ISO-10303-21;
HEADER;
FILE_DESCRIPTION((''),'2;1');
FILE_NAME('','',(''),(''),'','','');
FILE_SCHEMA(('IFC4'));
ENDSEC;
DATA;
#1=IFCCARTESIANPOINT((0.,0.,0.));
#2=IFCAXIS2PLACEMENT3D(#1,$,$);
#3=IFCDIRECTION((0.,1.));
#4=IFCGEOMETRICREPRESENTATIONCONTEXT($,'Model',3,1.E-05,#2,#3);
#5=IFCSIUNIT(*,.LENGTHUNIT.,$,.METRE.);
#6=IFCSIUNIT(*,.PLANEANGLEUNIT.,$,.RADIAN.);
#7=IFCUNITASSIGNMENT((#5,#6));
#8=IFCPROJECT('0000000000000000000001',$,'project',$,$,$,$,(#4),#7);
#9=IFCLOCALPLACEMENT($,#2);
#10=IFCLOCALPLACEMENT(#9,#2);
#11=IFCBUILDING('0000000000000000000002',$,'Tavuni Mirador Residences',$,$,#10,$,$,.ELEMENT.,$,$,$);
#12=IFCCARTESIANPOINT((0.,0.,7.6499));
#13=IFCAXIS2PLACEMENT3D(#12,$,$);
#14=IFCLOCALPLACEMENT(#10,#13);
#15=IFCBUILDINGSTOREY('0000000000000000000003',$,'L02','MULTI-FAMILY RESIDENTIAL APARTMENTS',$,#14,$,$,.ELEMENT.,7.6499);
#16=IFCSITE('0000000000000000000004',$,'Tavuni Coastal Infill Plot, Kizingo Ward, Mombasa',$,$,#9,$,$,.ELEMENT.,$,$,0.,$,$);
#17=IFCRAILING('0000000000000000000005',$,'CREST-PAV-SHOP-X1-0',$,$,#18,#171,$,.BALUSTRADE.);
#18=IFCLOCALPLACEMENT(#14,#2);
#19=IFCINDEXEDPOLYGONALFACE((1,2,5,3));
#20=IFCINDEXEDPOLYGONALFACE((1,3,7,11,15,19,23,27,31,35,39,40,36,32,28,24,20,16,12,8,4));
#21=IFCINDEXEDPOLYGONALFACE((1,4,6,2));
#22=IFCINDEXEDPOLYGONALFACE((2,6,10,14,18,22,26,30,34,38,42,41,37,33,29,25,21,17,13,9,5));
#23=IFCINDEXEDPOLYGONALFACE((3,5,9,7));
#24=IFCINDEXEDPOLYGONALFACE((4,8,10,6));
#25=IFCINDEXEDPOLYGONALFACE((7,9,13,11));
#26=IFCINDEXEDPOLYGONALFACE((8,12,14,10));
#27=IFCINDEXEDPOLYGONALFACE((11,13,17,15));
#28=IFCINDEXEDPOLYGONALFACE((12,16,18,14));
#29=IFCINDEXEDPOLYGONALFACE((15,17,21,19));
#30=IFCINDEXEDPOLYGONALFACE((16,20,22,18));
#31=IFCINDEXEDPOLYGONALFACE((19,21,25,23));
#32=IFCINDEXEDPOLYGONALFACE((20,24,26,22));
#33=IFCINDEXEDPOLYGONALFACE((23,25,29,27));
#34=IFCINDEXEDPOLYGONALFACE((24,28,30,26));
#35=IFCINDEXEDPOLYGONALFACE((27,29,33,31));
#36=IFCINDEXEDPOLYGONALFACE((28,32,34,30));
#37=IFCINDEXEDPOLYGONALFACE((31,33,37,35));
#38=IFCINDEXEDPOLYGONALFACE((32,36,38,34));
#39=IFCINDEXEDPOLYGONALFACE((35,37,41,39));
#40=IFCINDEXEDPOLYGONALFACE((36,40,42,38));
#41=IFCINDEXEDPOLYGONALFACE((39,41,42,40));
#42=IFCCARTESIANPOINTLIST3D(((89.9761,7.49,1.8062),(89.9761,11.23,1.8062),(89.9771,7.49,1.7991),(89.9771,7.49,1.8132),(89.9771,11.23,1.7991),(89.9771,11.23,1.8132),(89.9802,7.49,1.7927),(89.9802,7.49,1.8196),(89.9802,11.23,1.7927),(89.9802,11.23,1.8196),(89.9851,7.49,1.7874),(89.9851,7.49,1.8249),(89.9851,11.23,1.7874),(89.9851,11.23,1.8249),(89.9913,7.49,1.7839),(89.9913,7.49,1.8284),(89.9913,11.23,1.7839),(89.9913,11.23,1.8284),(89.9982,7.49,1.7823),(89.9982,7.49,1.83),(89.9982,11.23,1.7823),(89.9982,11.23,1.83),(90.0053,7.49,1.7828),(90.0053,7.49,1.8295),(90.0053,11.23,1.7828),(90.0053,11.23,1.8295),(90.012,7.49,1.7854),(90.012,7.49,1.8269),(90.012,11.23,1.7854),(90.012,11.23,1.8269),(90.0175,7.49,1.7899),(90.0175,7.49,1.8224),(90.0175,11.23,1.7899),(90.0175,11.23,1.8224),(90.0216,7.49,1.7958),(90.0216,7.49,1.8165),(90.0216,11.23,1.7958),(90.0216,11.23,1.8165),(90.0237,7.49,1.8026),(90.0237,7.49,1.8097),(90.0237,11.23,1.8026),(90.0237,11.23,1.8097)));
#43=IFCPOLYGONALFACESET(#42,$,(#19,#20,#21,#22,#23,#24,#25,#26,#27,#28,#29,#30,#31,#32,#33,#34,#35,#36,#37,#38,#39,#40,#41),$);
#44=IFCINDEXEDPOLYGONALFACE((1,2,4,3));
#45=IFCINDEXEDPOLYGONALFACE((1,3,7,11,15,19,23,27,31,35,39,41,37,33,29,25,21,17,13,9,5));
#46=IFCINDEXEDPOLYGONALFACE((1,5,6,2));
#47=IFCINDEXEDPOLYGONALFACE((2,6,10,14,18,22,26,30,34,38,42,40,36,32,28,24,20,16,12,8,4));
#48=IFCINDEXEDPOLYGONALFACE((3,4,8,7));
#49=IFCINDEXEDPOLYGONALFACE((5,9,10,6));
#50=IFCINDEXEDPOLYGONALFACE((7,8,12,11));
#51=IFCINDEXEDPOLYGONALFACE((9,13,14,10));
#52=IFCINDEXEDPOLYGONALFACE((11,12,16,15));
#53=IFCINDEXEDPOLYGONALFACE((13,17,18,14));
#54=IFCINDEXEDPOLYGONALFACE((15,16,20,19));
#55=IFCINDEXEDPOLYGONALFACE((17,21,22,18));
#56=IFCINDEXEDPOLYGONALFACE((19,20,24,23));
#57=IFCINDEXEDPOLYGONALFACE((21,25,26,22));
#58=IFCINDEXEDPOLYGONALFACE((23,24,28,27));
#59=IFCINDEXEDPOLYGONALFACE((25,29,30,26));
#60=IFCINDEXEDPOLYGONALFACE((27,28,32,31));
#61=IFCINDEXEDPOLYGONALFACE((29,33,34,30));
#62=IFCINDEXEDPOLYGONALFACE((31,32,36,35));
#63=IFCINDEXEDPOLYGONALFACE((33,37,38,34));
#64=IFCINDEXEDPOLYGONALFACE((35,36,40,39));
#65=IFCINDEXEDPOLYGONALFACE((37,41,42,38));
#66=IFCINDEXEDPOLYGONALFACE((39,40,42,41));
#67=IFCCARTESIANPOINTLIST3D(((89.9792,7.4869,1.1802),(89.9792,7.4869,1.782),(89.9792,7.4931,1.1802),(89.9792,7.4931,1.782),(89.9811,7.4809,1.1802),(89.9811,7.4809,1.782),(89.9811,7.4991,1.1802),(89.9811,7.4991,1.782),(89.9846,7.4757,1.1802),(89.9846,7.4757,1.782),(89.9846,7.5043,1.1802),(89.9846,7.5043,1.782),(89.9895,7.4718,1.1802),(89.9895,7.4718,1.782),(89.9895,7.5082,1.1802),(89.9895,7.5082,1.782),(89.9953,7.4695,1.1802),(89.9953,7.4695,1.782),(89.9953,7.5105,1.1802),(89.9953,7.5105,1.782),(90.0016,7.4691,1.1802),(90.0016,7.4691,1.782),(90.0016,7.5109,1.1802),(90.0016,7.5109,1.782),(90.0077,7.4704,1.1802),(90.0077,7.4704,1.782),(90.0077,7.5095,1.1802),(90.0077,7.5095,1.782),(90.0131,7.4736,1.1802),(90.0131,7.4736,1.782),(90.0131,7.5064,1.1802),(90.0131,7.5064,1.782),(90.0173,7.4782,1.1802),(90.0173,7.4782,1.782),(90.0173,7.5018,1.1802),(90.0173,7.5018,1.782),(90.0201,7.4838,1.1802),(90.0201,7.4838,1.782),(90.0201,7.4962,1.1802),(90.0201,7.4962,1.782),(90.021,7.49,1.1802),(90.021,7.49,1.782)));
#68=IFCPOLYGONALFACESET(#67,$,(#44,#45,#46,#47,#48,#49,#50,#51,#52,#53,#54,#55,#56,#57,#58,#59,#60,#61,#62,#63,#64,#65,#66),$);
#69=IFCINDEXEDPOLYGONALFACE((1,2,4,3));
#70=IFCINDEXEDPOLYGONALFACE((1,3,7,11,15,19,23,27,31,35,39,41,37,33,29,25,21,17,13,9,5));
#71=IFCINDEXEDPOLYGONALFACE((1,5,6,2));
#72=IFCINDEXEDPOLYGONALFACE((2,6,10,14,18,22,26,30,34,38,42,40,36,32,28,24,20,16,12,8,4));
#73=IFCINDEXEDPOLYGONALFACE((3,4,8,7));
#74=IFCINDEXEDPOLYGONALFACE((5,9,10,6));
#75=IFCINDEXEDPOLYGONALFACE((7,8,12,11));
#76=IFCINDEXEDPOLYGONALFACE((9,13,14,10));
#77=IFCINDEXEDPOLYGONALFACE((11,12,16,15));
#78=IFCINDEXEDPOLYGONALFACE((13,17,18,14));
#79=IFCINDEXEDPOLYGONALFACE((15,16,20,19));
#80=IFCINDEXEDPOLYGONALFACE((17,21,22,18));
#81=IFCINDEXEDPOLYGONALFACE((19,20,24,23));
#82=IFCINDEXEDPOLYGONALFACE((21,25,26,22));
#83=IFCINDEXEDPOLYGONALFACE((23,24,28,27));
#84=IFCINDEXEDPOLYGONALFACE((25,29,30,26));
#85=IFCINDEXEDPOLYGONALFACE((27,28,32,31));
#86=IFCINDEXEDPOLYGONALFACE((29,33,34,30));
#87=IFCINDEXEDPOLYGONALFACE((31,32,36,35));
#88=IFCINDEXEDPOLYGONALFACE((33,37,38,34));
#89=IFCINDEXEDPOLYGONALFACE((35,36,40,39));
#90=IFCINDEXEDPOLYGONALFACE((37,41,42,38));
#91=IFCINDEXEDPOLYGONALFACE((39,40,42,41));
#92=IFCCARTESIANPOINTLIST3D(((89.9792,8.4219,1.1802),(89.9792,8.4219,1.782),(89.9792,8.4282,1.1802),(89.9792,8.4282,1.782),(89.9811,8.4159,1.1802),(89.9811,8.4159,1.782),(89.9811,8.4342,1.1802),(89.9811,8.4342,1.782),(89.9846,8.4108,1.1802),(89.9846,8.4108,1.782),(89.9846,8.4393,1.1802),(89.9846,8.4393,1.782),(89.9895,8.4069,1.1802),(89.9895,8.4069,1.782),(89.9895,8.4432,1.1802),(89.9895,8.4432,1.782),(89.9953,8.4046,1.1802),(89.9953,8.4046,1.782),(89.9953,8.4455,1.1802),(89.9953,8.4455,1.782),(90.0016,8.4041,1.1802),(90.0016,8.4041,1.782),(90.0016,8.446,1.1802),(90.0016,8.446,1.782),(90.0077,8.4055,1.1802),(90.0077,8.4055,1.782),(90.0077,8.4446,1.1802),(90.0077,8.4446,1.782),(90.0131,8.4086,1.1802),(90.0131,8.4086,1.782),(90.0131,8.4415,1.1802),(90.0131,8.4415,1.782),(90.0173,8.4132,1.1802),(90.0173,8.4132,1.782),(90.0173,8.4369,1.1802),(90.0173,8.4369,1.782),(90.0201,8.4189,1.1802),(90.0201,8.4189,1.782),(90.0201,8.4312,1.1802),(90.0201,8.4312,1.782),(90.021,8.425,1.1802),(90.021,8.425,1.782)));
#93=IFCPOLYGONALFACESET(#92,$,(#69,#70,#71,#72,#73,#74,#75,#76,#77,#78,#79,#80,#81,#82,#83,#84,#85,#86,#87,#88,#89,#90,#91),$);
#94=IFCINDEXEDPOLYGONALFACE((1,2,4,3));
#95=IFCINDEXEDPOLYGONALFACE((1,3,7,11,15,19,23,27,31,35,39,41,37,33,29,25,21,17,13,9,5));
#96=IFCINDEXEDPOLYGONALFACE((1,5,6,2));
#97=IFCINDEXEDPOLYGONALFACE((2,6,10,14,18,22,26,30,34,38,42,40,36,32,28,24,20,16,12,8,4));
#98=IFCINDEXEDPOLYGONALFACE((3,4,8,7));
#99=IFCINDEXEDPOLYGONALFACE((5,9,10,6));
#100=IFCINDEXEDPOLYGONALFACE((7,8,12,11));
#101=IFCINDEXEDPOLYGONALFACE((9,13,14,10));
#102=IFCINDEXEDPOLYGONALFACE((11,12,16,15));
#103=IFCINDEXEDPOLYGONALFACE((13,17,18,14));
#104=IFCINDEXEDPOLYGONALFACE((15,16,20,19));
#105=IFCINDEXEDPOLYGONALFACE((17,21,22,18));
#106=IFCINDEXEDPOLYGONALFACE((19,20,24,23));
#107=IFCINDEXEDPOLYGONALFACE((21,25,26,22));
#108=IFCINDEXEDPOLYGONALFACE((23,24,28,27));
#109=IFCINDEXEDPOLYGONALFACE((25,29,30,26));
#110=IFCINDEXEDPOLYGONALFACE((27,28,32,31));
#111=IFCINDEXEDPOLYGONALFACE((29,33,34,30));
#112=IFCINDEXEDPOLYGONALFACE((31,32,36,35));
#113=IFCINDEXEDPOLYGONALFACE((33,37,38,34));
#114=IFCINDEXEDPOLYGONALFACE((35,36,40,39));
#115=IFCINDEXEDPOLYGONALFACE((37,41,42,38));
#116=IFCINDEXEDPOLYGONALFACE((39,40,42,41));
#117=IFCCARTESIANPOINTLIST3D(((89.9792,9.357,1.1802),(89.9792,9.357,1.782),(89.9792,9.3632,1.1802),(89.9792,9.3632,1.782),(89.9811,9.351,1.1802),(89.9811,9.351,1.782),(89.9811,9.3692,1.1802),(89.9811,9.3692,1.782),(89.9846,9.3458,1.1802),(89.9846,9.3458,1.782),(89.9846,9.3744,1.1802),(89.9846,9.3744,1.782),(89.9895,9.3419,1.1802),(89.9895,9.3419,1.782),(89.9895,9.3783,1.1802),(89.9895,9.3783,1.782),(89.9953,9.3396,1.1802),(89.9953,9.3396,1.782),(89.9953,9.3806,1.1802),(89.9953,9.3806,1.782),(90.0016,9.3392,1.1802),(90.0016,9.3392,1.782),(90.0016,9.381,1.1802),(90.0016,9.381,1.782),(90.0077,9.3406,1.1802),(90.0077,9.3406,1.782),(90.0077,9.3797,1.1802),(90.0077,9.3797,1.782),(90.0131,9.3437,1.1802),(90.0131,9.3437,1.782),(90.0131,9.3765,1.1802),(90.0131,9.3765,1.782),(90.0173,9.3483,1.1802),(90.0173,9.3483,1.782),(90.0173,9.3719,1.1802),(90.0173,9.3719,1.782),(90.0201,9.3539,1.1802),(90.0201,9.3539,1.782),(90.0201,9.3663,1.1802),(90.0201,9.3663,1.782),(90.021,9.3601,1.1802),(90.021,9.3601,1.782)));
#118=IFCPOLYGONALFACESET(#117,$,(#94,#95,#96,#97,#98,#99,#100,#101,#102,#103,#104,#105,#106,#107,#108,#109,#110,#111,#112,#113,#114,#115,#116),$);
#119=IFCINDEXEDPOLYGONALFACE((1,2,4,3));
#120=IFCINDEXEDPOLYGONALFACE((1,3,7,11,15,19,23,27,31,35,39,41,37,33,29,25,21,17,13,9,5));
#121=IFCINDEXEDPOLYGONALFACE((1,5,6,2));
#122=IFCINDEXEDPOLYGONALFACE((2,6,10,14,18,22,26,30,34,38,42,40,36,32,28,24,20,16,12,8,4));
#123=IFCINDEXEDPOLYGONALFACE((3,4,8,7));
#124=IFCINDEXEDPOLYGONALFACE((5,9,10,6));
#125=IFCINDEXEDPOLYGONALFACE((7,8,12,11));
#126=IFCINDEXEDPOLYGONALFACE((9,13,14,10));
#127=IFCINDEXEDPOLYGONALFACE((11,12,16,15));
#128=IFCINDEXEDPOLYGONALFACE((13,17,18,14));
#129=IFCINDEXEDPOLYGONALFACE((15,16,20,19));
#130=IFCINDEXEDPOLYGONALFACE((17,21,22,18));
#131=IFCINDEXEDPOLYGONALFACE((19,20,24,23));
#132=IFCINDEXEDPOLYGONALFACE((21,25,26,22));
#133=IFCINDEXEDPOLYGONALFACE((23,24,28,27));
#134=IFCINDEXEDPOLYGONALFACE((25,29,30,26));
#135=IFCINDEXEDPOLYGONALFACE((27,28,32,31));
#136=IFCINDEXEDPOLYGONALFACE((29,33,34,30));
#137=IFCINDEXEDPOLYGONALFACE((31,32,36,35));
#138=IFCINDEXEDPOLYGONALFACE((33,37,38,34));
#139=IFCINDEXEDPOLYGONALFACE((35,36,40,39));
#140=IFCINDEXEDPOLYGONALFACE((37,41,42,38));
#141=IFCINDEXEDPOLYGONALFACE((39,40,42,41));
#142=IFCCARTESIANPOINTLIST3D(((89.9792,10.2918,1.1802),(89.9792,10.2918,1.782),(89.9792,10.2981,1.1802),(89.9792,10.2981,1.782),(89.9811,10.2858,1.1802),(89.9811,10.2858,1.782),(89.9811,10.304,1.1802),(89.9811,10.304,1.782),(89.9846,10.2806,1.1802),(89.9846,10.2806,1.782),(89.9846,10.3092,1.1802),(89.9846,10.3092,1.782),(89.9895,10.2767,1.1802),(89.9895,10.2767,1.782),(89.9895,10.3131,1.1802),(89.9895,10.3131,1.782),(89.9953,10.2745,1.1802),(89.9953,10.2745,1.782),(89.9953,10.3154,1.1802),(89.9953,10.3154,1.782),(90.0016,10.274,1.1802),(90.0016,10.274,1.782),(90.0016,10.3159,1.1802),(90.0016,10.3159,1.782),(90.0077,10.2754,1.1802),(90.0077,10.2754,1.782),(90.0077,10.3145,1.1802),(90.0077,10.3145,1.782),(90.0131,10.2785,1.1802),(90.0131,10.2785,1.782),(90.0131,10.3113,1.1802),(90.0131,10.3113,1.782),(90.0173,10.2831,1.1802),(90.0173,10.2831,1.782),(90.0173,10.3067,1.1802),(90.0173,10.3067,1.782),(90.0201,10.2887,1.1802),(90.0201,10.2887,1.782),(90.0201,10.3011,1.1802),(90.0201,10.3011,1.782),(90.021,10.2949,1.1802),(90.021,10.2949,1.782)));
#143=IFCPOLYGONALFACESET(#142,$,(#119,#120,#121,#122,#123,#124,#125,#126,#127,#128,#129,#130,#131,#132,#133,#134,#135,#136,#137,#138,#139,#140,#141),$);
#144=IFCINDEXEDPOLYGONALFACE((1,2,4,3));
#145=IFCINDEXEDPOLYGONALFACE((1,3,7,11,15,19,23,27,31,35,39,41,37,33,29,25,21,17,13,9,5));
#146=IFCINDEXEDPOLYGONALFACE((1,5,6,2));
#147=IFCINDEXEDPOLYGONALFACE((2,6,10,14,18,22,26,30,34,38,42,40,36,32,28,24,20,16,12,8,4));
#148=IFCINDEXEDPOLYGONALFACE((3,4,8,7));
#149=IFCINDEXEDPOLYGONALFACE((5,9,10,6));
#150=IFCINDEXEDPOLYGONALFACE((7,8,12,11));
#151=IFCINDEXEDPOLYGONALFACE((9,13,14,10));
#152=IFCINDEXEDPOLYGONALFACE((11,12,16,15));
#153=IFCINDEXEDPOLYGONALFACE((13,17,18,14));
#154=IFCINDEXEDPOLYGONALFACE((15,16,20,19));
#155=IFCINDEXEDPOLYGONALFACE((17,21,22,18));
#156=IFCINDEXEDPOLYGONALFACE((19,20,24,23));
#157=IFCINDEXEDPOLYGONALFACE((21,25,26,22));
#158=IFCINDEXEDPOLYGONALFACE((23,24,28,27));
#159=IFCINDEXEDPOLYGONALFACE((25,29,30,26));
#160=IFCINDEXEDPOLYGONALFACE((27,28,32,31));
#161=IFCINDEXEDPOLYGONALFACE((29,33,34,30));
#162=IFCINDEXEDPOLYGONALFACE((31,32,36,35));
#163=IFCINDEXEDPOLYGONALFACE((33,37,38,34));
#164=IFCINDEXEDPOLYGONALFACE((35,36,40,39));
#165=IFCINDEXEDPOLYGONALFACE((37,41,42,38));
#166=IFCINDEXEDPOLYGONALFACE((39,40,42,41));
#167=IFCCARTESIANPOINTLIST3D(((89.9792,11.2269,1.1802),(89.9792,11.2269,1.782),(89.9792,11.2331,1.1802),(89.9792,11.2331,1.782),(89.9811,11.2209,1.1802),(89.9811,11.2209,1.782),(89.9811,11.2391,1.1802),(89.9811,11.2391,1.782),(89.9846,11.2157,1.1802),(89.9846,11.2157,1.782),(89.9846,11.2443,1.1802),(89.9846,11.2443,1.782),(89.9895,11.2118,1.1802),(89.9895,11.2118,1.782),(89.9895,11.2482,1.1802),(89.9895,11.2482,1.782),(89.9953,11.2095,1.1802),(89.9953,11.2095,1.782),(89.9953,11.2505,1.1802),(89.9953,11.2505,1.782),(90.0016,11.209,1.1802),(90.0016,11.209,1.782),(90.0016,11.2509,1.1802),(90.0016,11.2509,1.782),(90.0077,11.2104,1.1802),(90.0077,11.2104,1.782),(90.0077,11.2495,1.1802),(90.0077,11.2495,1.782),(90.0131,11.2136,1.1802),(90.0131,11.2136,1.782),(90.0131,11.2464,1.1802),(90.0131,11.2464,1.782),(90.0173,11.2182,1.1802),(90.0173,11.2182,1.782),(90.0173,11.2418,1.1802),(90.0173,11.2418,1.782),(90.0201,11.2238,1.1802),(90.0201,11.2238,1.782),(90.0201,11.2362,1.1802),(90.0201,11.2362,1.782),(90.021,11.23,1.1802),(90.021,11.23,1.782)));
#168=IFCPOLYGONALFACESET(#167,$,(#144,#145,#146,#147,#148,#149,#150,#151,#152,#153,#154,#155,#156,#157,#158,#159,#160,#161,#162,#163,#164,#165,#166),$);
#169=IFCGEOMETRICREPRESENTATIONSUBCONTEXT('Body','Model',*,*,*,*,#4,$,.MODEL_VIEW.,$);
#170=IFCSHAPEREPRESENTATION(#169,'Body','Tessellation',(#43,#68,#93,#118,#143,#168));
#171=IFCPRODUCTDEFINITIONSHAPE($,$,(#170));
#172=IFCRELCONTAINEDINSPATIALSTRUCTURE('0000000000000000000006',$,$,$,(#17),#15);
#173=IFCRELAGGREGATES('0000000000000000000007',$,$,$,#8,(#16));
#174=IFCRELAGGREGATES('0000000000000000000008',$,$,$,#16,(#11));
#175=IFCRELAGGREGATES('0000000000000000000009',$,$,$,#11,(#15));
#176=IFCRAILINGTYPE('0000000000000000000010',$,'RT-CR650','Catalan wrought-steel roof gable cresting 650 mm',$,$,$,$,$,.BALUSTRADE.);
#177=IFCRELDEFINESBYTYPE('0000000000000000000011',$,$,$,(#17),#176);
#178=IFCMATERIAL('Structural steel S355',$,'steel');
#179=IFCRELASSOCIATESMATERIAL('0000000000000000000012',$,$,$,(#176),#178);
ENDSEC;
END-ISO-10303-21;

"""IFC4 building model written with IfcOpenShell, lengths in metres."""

from ifc_helpers import new_model, si_unit, direction, frame, origin, origin_2d, place, context, subcontext, project, spatial, circle, extrude, material, type_object, element, save


model = new_model("IFC4")

# Units and contexts
model_context = context("Model", 3, precision=1e-05, world=origin(), true_north=direction((0.0, 1.0)))
body_context = subcontext(model_context, "Body", "Model", "MODEL_VIEW")
ifc_project = project(units=[si_unit("LENGTHUNIT", "METRE"), si_unit("PLANEANGLEUNIT", "RADIAN")], contexts=[model_context])

# Site, building, storey
site_placement = place(None, origin())
site = spatial("IfcSite", under=ifc_project, at=site_placement, Name="Tavuni Coastal Infill Plot, Kizingo Ward, Mombasa", CompositionType="ELEMENT", RefElevation=0.0)
building_placement = place(site_placement, origin())
building = spatial("IfcBuilding", under=site, at=building_placement, Name="Tavuni Mirador Residences", CompositionType="ELEMENT")
storey_placement = place(building_placement, frame((0.0, 0.0, 7.6499)))
storey = spatial("IfcBuildingStorey", under=building, at=storey_placement, Name="L02", Description="MULTI-FAMILY RESIDENTIAL APARTMENTS", CompositionType="ELEMENT", Elevation=7.6499)

# Shared definitions
ifc_material_1 = material(Name="Structural steel S355", Category="steel")

# Railing
railing_type = type_object("IfcRailingType", Name="RT-CR650", Description="Catalan wrought-steel roof gable cresting 650 mm", PredefinedType="BALUSTRADE", material=ifc_material_1)
for number, where, name in (
    (1, (90.0, 7.49, 1.1802), "CREST-PAV-SHOP-X1-0"),
):
    element("IfcRailing", number, at=place(storey_placement, frame(where)), inside=storey, type_object=railing_type, Name=name, PredefinedType="BALUSTRADE", context=body_context, shape_type="SweptSolid", body=[
        extrude(circle(Radius=0.0239, at=origin_2d()), frame((0.0, 0.0, 0.626), z_axis=(0.0, 1.0, 0.0), x_axis=(-1.0, 0.0, 0.0)), (0.0, 0.0, 1.0), 3.74),
        extrude(circle(Radius=0.021, at=origin_2d()), origin(), (0.0, 0.0, 1.0), 0.6018),
        extrude(circle(Radius=0.021, at=origin_2d()), frame((0.0, 0.9351, 0.0)), (0.0, 0.0, 1.0), 0.6018),
        extrude(circle(Radius=0.021, at=origin_2d()), frame((0.0, 1.8701, 0.0)), (0.0, 0.0, 1.0), 0.6018),
        extrude(circle(Radius=0.021, at=origin_2d()), frame((0.0, 2.8049, 0.0)), (0.0, 0.0, 1.0), 0.6018),
        extrude(circle(Radius=0.021, at=origin_2d()), frame((0.0, 3.74, 0.0)), (0.0, 0.0, 1.0), 0.6018),
    ])

save(model, "model.ifc")
